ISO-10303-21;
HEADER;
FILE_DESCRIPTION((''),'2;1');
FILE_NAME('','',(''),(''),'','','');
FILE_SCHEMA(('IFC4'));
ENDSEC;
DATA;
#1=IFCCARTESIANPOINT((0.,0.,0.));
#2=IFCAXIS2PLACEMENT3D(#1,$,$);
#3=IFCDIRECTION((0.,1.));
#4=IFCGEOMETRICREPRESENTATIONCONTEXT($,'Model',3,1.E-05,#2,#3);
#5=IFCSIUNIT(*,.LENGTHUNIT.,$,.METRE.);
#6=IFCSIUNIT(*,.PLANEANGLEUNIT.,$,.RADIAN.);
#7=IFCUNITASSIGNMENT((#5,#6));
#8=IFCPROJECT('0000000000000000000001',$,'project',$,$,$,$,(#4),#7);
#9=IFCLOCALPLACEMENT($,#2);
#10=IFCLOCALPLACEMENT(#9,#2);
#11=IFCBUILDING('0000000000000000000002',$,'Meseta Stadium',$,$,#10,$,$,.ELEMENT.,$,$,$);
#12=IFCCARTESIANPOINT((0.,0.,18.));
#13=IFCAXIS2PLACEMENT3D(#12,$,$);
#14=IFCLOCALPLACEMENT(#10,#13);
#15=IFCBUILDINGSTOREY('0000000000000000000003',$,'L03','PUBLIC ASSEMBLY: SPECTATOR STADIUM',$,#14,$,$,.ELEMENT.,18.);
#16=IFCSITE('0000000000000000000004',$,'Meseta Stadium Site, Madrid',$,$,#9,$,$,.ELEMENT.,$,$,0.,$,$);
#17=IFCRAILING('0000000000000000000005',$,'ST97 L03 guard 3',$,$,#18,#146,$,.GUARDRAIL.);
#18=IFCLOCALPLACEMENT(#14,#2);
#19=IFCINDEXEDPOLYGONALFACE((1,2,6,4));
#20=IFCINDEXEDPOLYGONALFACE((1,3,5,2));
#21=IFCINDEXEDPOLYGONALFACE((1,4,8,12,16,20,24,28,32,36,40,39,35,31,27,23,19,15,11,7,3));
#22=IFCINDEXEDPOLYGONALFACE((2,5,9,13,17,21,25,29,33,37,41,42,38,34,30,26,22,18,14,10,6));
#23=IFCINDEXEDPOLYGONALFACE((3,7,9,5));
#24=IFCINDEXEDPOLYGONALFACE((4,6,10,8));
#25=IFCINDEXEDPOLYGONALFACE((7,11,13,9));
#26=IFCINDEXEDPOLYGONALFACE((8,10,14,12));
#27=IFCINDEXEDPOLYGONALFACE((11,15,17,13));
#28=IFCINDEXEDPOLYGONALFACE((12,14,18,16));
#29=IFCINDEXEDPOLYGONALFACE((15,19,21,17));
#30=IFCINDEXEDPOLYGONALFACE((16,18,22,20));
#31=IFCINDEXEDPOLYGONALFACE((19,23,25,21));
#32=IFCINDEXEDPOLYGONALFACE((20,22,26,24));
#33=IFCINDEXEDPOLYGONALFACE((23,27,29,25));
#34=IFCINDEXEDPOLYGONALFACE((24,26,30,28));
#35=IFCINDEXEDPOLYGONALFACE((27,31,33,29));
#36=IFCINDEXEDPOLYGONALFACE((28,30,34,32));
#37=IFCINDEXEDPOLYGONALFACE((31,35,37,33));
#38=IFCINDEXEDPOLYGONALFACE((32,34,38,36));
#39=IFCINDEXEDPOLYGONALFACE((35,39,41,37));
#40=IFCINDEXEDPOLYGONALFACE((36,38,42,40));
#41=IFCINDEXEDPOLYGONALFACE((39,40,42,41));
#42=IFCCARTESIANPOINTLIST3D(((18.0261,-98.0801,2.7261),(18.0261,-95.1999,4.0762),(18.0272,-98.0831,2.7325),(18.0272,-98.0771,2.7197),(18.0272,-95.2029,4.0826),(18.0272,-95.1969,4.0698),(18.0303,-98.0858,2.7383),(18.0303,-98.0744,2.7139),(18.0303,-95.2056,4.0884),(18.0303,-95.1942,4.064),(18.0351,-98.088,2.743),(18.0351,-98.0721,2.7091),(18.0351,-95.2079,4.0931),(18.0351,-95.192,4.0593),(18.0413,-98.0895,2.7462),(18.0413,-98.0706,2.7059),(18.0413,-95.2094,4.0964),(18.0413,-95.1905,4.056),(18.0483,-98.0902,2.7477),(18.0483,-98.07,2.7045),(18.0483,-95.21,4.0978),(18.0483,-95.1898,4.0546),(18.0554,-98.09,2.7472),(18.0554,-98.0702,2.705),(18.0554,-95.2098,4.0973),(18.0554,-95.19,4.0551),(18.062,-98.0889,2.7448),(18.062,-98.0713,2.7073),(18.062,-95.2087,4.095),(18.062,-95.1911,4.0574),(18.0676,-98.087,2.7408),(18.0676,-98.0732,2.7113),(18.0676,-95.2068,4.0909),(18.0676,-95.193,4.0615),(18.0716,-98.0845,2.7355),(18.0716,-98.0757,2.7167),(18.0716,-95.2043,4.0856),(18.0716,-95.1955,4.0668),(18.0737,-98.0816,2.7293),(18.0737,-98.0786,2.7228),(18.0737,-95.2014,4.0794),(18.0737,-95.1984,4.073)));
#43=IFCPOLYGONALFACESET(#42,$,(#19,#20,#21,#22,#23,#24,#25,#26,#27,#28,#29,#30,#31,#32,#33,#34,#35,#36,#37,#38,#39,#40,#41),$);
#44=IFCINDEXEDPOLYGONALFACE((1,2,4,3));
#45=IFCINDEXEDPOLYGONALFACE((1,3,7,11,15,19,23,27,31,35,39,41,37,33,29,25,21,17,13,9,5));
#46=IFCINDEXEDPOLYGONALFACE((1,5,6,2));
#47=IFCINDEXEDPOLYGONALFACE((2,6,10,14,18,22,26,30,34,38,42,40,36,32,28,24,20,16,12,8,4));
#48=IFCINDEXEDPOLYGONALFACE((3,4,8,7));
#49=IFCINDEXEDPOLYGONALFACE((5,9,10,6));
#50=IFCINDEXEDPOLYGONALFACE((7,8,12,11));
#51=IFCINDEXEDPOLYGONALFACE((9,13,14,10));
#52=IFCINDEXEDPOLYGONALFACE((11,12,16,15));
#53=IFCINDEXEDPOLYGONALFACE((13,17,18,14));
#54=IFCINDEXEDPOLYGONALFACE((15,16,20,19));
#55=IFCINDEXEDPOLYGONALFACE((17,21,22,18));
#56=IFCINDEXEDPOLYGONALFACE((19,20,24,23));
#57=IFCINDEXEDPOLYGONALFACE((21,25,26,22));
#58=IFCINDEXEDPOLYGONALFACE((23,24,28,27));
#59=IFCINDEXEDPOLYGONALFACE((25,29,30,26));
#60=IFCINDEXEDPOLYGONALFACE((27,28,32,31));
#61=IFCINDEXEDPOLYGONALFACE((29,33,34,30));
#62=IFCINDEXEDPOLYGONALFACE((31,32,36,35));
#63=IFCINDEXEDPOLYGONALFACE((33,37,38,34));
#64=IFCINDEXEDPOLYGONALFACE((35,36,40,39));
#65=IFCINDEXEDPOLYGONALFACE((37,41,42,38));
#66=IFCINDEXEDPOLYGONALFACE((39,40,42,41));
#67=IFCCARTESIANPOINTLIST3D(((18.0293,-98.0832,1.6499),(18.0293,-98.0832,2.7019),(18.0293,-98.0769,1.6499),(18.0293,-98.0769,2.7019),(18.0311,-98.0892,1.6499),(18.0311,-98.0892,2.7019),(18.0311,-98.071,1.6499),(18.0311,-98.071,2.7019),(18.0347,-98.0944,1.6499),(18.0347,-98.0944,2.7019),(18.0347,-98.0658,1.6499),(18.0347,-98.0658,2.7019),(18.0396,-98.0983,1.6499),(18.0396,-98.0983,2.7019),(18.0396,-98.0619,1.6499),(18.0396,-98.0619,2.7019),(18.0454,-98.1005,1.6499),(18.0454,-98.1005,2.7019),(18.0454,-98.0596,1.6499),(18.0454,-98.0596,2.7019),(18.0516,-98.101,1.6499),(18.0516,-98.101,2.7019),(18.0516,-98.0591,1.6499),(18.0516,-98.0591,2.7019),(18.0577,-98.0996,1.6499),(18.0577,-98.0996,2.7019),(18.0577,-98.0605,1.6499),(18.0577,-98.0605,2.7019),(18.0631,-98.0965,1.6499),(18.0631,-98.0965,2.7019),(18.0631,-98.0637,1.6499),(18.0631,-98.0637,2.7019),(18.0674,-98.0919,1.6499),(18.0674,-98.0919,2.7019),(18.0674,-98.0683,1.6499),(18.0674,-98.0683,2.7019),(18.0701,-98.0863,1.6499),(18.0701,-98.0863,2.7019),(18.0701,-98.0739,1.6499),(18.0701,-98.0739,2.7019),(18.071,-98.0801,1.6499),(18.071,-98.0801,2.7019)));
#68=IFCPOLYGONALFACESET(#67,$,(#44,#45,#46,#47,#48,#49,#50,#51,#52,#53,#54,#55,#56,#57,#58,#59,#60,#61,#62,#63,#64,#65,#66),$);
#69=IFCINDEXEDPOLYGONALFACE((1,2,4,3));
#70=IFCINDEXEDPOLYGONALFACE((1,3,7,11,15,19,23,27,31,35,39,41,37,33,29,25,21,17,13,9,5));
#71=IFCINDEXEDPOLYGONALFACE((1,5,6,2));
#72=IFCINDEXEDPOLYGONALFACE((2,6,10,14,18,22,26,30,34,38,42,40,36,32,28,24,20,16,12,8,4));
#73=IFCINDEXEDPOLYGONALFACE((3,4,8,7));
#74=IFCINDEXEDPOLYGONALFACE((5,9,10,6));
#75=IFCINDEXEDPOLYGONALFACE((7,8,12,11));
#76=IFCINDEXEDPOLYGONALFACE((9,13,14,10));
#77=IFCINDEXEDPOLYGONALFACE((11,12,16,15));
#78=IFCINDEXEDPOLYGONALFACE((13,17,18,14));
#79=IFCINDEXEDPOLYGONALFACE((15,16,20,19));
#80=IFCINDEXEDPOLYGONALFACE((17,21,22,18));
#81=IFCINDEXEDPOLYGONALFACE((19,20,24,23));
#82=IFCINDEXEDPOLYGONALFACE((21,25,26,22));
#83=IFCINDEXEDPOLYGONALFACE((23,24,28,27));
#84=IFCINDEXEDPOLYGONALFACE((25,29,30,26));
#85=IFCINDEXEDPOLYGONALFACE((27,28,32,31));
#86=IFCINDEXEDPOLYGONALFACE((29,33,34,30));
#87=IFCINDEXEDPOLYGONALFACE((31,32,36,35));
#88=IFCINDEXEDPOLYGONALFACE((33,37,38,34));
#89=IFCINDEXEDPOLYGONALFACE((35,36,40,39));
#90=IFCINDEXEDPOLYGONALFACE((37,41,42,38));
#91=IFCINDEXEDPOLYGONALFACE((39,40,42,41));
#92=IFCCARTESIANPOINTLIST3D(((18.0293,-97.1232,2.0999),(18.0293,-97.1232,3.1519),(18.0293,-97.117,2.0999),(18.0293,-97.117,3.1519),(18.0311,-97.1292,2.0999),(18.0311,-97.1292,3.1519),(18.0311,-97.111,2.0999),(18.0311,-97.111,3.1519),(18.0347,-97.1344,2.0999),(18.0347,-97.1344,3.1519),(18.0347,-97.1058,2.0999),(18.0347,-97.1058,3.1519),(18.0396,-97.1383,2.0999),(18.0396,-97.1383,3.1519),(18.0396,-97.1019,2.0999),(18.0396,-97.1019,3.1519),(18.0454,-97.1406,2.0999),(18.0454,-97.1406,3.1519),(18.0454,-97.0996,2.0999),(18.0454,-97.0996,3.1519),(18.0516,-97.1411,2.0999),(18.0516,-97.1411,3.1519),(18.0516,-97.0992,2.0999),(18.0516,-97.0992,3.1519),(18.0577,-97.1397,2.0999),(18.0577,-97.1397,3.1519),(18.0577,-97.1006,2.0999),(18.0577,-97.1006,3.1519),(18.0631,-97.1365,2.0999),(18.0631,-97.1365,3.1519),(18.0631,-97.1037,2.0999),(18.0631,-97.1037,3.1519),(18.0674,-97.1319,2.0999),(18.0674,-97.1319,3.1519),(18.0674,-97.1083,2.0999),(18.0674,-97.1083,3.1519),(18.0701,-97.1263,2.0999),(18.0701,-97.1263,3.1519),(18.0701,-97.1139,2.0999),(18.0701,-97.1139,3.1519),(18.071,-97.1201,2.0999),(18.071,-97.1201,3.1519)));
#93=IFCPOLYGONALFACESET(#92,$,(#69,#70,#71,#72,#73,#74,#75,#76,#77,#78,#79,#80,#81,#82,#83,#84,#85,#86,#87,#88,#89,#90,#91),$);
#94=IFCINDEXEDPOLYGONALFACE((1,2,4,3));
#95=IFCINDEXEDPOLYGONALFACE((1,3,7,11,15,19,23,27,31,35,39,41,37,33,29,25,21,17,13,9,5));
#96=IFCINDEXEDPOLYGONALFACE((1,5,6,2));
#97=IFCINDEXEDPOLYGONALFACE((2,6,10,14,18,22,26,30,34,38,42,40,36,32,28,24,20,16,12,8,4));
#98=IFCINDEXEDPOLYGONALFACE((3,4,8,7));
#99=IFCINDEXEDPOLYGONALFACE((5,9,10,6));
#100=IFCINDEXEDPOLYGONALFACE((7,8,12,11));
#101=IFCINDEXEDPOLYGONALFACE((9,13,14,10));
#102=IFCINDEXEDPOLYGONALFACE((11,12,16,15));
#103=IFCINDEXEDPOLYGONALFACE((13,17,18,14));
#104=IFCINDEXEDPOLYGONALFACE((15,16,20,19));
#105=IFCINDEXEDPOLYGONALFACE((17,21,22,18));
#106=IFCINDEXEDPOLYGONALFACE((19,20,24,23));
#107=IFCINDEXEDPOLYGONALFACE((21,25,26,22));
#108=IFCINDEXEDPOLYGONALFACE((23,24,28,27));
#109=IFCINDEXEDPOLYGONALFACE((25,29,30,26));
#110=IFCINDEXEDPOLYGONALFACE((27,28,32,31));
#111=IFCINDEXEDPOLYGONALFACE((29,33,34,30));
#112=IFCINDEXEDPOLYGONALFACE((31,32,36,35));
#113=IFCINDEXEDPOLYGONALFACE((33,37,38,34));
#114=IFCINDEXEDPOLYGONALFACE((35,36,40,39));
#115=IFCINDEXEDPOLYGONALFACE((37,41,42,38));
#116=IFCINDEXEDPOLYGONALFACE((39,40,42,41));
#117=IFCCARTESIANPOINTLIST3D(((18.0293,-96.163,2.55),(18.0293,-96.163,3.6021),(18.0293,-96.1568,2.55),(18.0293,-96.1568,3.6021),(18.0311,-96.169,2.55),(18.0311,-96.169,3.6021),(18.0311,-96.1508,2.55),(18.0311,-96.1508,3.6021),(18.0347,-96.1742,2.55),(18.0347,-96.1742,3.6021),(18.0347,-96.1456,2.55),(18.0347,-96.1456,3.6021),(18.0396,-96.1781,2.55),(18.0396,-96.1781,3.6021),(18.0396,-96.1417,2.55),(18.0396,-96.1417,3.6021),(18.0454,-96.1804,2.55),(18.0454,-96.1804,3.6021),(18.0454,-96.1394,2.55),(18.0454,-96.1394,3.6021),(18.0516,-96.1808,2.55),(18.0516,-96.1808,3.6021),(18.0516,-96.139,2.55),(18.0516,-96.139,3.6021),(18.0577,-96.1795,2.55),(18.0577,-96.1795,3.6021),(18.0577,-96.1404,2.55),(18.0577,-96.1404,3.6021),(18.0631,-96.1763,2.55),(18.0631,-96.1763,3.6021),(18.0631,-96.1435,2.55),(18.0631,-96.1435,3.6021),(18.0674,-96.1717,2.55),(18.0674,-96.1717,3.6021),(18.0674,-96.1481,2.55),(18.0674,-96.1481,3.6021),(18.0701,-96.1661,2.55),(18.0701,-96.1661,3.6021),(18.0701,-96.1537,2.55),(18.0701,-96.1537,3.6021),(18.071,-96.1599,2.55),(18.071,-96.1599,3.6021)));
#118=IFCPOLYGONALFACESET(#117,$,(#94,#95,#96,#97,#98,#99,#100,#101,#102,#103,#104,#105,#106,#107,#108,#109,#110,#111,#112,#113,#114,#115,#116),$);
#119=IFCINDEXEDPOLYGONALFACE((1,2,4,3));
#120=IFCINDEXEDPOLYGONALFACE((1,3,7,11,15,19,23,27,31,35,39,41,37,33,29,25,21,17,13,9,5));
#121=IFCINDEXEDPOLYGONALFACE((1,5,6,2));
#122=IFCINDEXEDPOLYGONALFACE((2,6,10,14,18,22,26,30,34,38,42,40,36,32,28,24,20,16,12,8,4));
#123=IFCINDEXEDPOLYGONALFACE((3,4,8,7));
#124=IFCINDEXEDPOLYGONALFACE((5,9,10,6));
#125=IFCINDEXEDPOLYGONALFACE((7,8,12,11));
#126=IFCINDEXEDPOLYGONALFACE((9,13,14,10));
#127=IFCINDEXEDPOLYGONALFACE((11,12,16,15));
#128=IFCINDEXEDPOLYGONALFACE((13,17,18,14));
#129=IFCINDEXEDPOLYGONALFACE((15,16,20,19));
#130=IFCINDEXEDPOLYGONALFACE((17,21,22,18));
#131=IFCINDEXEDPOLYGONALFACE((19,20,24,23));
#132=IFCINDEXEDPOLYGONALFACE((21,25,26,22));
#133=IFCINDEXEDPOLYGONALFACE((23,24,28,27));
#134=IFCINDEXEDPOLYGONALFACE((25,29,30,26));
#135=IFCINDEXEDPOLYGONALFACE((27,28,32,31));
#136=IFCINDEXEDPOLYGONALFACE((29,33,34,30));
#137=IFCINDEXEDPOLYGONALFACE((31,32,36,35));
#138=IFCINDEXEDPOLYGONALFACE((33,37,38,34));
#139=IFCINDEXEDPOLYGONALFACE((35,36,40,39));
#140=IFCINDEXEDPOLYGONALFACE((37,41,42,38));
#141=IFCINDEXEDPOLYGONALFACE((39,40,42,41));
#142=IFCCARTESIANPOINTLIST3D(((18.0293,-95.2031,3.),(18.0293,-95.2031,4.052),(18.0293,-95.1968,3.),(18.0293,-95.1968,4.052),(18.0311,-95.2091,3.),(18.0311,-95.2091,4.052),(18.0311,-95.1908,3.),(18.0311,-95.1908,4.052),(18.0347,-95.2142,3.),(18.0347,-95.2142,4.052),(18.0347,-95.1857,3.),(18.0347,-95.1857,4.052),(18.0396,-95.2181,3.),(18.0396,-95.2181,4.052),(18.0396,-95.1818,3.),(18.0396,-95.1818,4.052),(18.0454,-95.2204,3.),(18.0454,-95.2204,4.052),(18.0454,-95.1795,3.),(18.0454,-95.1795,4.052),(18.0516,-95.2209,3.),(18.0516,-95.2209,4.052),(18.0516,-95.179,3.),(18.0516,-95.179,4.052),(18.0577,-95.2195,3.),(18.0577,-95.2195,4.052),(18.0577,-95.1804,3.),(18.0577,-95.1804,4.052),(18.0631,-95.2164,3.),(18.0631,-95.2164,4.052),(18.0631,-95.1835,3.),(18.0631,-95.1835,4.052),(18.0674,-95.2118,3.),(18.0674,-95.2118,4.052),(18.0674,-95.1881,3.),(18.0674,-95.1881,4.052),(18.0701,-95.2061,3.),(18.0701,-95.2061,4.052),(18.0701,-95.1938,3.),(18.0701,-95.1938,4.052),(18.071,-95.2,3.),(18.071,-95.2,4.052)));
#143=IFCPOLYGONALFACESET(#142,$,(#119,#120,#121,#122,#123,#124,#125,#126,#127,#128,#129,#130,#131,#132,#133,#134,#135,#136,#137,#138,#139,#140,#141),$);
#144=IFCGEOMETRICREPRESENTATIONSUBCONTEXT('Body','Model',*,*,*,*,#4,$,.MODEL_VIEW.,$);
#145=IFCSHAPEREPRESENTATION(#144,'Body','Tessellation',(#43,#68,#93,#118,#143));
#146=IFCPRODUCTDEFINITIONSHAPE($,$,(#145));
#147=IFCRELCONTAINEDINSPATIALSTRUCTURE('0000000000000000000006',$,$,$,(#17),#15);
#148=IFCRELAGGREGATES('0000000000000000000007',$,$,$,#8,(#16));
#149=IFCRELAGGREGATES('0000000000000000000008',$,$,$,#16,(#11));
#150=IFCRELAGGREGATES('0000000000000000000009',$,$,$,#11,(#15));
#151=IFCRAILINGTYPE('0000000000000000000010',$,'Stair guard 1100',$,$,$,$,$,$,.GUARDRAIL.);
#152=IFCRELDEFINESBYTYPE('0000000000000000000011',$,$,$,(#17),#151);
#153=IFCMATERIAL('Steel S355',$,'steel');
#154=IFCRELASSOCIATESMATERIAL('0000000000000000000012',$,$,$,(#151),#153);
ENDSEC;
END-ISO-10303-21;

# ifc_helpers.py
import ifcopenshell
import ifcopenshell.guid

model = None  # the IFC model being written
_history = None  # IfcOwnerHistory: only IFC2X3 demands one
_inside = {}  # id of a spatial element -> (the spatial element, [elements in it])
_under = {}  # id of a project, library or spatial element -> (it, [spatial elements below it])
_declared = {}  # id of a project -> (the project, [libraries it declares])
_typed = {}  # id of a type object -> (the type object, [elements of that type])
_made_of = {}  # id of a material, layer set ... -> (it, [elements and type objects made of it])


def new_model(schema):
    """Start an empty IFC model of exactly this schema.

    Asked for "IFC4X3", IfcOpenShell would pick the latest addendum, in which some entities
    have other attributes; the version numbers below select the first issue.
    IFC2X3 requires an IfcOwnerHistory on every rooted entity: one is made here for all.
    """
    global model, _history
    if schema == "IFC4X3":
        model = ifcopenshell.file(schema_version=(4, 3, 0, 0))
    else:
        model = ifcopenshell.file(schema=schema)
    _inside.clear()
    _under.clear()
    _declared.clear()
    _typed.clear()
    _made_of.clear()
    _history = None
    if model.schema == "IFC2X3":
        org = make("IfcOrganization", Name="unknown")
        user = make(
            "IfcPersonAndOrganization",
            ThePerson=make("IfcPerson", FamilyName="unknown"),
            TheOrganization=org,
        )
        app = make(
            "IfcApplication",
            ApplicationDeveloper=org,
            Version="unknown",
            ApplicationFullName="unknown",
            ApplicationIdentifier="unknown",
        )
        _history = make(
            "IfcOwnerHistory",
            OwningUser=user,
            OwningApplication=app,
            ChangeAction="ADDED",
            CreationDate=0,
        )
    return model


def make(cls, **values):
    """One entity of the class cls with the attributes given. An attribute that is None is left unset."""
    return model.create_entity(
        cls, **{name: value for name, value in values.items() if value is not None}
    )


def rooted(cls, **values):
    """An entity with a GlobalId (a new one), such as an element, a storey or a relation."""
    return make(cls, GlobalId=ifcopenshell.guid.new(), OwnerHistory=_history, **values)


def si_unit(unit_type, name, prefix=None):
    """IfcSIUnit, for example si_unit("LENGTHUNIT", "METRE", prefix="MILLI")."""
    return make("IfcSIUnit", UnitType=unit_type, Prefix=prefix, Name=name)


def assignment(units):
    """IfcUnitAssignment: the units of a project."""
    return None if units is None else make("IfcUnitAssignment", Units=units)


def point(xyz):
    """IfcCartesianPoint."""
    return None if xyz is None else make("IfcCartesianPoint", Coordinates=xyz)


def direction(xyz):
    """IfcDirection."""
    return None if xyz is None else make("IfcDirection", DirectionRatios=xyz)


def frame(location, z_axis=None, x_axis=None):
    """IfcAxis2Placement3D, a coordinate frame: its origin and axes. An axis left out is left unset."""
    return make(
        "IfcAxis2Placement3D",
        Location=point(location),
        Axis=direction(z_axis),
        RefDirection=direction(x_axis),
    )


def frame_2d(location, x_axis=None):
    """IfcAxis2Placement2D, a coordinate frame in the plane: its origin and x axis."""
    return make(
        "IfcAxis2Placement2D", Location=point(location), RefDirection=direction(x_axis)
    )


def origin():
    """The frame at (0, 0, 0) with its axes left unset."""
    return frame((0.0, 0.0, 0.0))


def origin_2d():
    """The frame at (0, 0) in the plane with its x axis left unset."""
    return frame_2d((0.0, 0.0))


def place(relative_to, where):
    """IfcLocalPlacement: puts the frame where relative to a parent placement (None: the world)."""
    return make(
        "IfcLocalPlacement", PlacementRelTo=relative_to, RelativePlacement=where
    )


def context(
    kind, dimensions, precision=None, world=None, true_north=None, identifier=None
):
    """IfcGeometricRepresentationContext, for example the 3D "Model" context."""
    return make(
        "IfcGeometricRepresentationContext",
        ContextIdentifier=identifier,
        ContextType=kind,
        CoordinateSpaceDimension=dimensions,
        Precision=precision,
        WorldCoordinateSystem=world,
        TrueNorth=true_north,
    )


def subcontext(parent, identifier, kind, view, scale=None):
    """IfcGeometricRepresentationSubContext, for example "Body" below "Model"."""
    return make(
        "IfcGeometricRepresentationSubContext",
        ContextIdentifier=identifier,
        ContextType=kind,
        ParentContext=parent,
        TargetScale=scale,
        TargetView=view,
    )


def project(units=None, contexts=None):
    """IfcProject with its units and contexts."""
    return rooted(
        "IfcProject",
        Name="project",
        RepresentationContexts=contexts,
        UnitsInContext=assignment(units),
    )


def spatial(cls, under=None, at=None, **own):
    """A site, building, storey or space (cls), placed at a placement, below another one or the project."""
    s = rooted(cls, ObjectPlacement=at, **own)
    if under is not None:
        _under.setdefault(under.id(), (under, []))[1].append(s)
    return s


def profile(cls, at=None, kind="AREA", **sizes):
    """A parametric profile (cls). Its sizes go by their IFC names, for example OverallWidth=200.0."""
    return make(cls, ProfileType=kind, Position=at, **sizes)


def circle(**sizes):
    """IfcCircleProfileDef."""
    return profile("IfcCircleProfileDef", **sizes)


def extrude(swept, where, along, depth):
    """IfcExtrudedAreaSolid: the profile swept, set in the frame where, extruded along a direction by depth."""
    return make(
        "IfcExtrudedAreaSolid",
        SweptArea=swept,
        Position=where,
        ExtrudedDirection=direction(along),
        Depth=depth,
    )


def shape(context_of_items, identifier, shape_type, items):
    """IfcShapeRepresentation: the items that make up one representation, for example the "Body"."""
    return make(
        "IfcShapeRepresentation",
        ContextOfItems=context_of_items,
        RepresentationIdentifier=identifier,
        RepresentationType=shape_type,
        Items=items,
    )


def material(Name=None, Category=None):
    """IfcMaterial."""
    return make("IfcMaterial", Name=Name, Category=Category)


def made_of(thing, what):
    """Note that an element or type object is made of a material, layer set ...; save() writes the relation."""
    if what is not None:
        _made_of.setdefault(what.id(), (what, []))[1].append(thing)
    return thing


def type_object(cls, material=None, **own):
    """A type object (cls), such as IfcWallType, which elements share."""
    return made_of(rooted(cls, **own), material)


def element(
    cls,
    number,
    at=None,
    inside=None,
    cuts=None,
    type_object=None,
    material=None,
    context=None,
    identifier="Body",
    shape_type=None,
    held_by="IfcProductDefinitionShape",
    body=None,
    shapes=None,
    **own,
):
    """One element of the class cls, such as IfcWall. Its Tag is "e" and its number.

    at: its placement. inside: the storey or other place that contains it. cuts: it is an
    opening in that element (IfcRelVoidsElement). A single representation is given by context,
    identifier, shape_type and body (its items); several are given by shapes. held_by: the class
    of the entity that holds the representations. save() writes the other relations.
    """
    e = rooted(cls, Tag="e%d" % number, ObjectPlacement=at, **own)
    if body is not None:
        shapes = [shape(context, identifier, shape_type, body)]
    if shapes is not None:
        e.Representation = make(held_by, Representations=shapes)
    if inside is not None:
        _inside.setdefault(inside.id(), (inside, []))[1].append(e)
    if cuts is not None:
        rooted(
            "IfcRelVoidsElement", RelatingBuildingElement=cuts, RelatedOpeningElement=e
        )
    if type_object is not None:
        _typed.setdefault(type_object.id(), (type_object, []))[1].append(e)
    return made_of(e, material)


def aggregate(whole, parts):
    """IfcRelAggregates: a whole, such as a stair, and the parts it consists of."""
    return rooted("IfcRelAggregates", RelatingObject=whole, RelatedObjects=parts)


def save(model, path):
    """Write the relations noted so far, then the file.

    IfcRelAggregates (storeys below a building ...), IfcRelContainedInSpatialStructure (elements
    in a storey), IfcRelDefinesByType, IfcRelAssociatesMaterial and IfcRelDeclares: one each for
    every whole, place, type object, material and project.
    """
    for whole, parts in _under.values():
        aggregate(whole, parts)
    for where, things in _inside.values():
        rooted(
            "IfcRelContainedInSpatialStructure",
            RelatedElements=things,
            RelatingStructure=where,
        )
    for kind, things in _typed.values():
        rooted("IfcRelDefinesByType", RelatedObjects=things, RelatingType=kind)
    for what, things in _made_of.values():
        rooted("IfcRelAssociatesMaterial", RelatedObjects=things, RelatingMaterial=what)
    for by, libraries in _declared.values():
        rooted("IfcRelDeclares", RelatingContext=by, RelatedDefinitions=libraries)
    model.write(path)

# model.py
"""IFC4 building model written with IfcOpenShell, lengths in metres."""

from ifc_helpers import new_model, si_unit, direction, frame, origin, origin_2d, place, context, subcontext, project, spatial, circle, extrude, material, type_object, element, save


model = new_model("IFC4")

# Units and contexts
model_context = context("Model", 3, precision=1e-05, world=origin(), true_north=direction((0.0, 1.0)))
body_context = subcontext(model_context, "Body", "Model", "MODEL_VIEW")
ifc_project = project(units=[si_unit("LENGTHUNIT", "METRE"), si_unit("PLANEANGLEUNIT", "RADIAN")], contexts=[model_context])

# Site, building, storey
site_placement = place(None, origin())
site = spatial("IfcSite", under=ifc_project, at=site_placement, Name="Meseta Stadium Site, Madrid", CompositionType="ELEMENT", RefElevation=0.0)
building_placement = place(site_placement, origin())
building = spatial("IfcBuilding", under=site, at=building_placement, Name="Meseta Stadium", CompositionType="ELEMENT")
storey_placement = place(building_placement, frame((0.0, 0.0, 18.0)))
storey = spatial("IfcBuildingStorey", under=building, at=storey_placement, Name="L03", Description="PUBLIC ASSEMBLY: SPECTATOR STADIUM", CompositionType="ELEMENT", Elevation=18.0)

# Railing
ifc_material_1 = material(Name="Steel S355", Category="steel")
railing_type_1 = type_object("IfcRailingType", Name="Stair guard 1100", PredefinedType="GUARDRAIL", material=ifc_material_1)
railing_1_placement = place(storey_placement, frame((18.05, -98.0801, 1.6499)))
element("IfcRailing", 1, at=railing_1_placement, inside=storey, type_object=railing_type_1, Name="ST97 L03 guard 3", PredefinedType="GUARDRAIL", context=body_context, shape_type="SweptSolid", body=[
    extrude(circle(Radius=0.0239, at=origin_2d()), frame((0.0, 0.0, 1.0762), z_axis=(0.0, 0.905454, 0.424444), x_axis=(-1.0, 0.0, 0.0)), (0.0, 0.0, 1.0), 3.1809),
    extrude(circle(Radius=0.021, at=origin_2d()), origin(), (0.0, 0.0, 1.0), 1.052),
    extrude(circle(Radius=0.021, at=origin_2d()), frame((0.0, 0.96, 0.45)), (0.0, 0.0, 1.0), 1.052),
    extrude(circle(Radius=0.021, at=origin_2d()), frame((0.0, 1.9202, 0.9001)), (0.0, 0.0, 1.0), 1.052),
    extrude(circle(Radius=0.021, at=origin_2d()), frame((0.0, 2.8801, 1.3501)), (0.0, 0.0, 1.0), 1.052),
])

save(model, "model.ifc")
